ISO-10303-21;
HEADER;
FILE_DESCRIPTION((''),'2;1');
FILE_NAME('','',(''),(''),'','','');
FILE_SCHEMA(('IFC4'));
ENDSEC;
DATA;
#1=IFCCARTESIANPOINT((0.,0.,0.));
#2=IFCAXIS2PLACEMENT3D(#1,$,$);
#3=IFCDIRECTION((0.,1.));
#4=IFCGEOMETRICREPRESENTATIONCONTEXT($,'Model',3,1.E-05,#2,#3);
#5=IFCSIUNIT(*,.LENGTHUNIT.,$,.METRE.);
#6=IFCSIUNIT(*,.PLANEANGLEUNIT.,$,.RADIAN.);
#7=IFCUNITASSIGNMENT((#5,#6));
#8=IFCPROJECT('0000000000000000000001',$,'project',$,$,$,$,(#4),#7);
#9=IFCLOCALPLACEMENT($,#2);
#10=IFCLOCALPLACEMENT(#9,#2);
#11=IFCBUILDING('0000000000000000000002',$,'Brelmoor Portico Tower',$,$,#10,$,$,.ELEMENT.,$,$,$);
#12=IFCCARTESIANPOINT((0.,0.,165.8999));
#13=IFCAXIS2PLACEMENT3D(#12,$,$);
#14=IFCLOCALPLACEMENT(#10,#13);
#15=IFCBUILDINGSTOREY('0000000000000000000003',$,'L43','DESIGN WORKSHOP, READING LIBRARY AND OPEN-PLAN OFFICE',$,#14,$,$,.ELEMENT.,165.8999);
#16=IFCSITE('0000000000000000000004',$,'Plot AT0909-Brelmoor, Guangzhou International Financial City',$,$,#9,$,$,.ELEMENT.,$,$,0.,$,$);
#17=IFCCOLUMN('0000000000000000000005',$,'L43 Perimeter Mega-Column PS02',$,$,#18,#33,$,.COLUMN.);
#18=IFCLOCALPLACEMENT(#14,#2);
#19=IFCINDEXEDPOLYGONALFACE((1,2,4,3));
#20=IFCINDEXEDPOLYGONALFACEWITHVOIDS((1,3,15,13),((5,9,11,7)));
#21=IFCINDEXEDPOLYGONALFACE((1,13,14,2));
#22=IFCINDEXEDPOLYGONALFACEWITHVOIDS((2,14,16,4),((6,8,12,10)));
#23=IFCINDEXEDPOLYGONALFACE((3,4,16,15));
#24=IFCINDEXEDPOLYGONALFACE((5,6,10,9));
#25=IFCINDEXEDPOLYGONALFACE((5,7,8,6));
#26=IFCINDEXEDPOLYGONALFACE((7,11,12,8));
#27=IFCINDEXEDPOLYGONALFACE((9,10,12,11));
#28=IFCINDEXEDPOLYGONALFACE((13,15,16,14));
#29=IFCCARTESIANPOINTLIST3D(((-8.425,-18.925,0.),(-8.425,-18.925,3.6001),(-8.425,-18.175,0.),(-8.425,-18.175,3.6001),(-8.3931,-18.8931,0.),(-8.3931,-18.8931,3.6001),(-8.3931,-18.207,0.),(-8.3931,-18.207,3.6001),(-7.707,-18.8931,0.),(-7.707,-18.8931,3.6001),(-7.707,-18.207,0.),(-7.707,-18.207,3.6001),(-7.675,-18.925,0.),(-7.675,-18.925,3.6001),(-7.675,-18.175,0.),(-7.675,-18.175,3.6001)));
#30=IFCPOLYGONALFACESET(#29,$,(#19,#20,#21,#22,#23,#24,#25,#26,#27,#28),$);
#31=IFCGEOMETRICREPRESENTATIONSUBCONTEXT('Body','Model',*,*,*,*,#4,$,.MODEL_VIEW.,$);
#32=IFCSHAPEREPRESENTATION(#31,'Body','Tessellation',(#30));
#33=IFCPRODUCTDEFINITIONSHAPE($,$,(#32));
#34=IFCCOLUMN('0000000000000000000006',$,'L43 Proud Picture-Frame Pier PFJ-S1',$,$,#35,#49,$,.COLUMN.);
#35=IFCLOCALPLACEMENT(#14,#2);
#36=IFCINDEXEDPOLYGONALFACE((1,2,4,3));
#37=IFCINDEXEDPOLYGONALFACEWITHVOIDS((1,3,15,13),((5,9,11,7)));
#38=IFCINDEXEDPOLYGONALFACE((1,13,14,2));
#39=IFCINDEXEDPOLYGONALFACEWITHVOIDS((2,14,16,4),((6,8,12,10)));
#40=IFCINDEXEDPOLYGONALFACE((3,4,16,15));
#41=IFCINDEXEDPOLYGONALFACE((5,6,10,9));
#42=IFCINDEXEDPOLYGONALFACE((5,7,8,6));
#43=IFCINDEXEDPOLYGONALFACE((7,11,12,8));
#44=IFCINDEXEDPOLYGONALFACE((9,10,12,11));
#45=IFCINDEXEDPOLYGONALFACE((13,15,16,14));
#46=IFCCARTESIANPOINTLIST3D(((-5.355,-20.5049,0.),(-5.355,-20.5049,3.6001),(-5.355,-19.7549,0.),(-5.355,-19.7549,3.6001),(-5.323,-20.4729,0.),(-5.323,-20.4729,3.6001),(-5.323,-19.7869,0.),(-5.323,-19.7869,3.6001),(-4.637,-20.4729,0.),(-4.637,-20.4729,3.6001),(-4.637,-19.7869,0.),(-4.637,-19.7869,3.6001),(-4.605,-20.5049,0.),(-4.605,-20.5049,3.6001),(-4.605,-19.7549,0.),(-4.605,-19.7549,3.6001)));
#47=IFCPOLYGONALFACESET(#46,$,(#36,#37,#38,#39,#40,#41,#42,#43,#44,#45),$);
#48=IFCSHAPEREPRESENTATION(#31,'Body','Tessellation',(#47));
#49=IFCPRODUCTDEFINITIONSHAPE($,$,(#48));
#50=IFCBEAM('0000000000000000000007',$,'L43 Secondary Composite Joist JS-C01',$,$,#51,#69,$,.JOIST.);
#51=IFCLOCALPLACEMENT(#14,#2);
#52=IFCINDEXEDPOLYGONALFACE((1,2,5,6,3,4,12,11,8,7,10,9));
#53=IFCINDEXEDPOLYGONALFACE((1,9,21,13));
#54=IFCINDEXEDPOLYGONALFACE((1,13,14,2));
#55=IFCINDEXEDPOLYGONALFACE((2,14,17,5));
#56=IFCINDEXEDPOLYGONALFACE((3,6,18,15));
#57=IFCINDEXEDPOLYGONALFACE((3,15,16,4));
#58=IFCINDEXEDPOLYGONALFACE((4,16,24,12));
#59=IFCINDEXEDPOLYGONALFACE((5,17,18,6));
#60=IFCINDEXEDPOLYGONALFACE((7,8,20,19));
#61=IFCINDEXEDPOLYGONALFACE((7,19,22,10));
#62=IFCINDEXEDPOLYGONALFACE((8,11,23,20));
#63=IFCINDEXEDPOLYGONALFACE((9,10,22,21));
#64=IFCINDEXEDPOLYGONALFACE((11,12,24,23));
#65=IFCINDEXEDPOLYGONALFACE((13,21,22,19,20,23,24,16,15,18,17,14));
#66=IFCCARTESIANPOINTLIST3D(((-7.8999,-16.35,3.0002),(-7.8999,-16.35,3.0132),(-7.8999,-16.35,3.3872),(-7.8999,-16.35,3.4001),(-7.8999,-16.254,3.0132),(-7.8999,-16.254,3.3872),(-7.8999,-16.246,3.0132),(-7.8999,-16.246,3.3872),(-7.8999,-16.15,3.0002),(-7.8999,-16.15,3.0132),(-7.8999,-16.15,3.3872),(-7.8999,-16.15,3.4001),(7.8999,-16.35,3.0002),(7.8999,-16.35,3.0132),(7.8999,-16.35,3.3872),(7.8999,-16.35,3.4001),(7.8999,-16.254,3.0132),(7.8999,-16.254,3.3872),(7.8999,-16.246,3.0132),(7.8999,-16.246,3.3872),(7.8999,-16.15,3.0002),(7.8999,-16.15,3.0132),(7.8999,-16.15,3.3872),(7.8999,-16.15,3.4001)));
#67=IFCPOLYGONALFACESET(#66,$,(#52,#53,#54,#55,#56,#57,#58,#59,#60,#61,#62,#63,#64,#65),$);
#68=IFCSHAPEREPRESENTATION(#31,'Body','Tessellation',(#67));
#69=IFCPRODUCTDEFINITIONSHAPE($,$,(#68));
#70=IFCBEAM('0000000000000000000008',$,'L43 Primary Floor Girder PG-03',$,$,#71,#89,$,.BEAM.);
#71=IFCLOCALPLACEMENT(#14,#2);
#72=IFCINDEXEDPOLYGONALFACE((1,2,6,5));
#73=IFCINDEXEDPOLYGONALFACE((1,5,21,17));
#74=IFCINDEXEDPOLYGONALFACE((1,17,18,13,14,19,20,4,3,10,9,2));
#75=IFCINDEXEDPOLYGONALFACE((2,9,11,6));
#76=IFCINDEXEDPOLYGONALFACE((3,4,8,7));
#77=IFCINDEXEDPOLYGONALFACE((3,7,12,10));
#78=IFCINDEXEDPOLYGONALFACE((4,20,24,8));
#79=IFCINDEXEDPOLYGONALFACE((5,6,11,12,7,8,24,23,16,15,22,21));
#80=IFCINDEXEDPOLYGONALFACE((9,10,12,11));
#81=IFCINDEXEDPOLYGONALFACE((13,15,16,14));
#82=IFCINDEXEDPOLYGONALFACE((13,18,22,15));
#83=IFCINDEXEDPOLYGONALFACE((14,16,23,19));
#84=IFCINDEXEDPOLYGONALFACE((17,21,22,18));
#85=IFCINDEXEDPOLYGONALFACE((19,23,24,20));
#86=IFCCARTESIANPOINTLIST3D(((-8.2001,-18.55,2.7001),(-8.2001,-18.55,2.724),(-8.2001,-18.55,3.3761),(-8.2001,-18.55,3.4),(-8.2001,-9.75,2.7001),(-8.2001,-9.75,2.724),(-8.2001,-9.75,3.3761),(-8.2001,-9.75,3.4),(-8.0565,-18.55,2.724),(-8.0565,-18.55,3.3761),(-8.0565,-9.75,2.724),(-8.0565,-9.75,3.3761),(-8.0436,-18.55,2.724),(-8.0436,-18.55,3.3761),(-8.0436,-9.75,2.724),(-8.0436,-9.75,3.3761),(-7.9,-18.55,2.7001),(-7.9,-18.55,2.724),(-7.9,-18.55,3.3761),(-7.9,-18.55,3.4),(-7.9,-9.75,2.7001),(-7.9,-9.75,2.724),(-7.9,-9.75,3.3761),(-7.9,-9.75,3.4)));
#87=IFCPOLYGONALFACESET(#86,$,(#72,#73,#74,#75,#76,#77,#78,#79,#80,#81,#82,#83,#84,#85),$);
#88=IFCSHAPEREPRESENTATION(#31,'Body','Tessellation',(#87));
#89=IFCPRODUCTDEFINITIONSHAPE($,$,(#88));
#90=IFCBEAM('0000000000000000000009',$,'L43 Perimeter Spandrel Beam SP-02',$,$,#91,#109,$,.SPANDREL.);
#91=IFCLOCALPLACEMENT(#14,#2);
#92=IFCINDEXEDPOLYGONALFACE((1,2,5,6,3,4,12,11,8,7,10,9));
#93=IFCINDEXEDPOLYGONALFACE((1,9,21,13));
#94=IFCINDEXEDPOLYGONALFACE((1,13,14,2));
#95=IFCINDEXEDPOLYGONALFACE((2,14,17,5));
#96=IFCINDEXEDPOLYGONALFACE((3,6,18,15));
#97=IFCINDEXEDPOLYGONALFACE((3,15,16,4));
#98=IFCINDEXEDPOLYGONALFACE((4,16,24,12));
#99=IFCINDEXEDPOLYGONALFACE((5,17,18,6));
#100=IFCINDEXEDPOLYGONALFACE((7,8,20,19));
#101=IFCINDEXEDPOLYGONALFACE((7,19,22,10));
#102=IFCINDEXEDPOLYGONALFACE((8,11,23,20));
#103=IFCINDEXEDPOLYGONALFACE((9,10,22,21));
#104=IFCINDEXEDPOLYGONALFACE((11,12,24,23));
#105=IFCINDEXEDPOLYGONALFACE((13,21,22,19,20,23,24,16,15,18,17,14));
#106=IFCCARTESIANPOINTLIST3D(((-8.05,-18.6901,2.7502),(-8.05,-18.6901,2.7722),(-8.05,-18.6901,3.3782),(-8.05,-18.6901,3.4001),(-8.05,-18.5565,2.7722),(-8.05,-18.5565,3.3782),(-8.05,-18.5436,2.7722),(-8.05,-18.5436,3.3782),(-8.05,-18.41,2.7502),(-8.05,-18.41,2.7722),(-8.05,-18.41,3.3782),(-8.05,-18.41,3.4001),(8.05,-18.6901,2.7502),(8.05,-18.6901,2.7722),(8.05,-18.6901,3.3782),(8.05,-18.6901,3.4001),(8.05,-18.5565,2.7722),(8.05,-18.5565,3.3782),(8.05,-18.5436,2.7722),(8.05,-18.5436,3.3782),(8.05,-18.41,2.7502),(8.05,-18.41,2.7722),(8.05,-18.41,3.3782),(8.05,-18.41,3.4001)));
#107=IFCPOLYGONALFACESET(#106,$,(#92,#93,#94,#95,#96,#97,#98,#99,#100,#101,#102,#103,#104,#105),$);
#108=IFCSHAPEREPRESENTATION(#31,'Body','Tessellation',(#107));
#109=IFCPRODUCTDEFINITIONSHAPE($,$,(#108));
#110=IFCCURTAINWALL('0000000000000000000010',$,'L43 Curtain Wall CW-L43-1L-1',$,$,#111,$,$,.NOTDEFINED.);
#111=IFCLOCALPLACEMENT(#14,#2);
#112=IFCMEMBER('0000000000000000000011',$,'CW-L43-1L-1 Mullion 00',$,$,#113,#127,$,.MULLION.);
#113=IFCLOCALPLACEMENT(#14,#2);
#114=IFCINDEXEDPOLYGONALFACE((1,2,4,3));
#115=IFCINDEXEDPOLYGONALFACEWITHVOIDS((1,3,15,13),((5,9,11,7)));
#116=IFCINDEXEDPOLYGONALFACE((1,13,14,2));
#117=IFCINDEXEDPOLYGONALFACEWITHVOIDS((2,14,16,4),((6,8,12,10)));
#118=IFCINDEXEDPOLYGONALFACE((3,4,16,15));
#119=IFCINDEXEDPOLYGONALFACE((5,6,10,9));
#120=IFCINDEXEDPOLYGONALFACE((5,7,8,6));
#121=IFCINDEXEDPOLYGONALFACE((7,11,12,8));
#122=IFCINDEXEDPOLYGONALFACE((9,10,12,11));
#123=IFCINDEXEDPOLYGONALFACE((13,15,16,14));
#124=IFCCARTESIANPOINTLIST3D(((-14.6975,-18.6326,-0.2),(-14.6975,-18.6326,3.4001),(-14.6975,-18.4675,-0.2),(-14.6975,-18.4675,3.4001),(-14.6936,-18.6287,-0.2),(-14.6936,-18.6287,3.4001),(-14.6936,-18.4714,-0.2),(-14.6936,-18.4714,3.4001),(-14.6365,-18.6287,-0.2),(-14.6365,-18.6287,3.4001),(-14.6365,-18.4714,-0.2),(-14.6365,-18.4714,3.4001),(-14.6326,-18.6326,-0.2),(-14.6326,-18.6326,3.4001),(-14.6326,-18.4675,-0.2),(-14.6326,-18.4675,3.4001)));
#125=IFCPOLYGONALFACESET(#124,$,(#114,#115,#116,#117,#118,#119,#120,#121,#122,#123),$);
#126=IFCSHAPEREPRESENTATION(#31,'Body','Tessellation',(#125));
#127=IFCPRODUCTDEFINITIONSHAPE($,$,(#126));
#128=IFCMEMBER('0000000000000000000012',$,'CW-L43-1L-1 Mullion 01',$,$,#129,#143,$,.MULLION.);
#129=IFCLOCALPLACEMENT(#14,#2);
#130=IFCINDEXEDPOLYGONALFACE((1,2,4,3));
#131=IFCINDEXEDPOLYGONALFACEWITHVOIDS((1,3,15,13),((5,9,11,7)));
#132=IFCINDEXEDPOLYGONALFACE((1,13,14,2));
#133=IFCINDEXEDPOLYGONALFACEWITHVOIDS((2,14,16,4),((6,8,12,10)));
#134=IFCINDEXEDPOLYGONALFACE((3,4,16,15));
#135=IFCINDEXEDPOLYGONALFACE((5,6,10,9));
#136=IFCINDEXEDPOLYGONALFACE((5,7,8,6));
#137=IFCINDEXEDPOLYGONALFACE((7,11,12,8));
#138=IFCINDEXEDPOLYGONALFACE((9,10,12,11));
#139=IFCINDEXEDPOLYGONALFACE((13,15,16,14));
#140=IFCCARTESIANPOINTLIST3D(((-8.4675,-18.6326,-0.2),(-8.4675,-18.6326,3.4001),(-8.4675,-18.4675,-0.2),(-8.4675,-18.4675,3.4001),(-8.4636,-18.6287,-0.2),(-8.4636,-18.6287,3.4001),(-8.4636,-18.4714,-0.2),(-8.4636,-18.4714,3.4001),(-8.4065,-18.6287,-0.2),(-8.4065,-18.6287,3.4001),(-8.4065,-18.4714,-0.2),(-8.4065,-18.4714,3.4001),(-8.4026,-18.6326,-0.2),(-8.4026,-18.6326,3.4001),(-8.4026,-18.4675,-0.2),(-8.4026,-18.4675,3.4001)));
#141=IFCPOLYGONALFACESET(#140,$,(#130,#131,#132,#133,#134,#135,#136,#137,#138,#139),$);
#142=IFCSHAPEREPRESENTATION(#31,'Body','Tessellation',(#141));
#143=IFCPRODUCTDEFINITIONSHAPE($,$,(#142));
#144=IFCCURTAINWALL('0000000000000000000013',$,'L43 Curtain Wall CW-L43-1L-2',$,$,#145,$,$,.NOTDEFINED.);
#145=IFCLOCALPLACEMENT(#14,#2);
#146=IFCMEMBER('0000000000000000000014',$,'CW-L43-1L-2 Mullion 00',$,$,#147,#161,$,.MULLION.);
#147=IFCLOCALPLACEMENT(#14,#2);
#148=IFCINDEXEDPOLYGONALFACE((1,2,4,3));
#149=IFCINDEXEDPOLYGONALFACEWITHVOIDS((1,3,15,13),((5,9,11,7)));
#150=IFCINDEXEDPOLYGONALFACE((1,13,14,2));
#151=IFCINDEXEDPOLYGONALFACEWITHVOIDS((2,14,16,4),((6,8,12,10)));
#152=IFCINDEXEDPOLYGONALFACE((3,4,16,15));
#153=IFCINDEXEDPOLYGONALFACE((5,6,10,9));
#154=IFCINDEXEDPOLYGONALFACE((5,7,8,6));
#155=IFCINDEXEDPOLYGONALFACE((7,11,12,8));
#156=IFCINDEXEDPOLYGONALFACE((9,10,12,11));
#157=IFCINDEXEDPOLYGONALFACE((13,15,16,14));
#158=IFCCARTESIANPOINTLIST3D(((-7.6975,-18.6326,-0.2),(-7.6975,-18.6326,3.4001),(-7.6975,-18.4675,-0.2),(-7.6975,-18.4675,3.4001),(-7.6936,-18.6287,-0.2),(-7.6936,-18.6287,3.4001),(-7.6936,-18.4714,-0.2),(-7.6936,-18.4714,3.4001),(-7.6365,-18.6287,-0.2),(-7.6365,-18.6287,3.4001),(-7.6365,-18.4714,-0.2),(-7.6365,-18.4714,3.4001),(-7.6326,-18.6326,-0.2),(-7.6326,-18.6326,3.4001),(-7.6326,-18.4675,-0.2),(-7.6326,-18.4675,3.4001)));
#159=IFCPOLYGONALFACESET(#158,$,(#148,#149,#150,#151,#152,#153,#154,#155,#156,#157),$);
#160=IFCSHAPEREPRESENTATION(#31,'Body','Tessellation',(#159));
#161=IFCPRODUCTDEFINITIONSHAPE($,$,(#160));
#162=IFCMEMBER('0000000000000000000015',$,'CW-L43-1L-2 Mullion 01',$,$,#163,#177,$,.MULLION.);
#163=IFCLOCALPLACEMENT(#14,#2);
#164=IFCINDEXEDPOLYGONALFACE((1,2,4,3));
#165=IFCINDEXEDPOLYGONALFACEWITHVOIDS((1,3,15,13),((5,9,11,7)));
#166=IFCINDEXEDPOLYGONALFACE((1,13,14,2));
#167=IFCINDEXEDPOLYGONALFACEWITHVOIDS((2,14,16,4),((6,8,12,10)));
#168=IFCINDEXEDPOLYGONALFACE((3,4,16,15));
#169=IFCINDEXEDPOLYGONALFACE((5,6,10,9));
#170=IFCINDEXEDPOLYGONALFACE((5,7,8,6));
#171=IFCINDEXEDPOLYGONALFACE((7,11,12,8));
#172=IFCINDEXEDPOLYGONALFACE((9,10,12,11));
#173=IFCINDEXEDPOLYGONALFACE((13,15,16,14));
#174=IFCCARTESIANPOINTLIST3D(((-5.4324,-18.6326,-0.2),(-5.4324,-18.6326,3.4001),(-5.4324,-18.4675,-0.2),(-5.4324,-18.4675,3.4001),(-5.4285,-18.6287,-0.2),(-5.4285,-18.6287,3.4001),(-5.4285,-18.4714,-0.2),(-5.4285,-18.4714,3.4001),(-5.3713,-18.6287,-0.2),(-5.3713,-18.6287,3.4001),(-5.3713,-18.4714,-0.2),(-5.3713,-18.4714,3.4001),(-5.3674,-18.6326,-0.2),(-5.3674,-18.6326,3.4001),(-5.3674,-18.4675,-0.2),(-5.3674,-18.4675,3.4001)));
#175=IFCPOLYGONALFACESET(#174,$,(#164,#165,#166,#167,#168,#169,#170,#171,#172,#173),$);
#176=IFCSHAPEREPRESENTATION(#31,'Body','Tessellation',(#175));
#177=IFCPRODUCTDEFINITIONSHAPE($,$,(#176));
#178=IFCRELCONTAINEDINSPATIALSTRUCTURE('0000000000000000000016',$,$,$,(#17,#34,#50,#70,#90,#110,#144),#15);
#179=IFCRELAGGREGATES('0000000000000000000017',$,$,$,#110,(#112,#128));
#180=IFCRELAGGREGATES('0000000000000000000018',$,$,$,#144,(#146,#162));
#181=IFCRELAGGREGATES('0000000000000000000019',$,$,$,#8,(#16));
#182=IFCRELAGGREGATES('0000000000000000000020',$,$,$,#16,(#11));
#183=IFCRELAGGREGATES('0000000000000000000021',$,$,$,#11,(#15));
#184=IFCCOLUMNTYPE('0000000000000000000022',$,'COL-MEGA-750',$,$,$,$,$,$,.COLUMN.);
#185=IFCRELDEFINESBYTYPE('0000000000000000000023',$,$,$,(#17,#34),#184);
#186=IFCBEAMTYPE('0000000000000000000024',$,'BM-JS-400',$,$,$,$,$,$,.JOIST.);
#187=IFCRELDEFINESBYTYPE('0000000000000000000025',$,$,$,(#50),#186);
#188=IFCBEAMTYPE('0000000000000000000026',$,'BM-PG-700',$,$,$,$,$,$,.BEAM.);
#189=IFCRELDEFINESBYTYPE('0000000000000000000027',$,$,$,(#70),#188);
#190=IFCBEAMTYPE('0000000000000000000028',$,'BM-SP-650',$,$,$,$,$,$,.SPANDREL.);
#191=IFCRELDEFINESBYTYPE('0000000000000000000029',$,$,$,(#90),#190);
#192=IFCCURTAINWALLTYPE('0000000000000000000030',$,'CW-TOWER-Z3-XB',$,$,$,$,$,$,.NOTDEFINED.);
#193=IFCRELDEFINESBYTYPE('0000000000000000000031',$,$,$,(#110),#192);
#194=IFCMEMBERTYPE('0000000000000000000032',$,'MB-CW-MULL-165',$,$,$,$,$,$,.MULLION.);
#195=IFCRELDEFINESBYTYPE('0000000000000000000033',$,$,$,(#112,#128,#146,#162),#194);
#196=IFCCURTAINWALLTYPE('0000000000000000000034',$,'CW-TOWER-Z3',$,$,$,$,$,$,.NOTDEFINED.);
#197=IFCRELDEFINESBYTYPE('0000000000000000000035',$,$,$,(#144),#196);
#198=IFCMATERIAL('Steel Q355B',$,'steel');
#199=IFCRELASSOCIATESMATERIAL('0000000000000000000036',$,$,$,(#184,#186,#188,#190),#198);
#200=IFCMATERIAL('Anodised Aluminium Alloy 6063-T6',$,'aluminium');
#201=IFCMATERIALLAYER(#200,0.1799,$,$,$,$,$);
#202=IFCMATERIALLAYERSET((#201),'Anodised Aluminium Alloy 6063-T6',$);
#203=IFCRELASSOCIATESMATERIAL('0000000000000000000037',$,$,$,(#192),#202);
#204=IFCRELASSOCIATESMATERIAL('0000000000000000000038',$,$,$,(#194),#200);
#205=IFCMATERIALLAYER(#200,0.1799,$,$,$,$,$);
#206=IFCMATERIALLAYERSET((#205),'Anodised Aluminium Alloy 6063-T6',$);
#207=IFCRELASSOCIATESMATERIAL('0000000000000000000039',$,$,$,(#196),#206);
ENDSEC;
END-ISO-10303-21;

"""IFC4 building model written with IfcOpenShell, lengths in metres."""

from ifc_helpers import new_model, si_unit, direction, frame, origin, origin_2d, place, context, subcontext, project, spatial, hollow_rectangle, i_section, extrude, material, layer, layer_set, material_profile, profile_set, type_object, element, aggregate, save


model = new_model("IFC4")

# Units and contexts
model_context = context("Model", 3, precision=1e-05, world=origin(), true_north=direction((0.0, 1.0)))
body_context = subcontext(model_context, "Body", "Model", "MODEL_VIEW")
ifc_project = project(units=[si_unit("LENGTHUNIT", "METRE"), si_unit("PLANEANGLEUNIT", "RADIAN")], contexts=[model_context])

# Site, building, storey
site_placement = place(None, origin())
site = spatial("IfcSite", under=ifc_project, at=site_placement, Name="Plot AT0909-Brelmoor, Guangzhou International Financial City", CompositionType="ELEMENT", RefElevation=0.0)
building_placement = place(site_placement, origin())
building = spatial("IfcBuilding", under=site, at=building_placement, Name="Brelmoor Portico Tower", CompositionType="ELEMENT")
storey_placement = place(building_placement, frame((0.0, 0.0, 165.8999)))
storey = spatial("IfcBuildingStorey", under=building, at=storey_placement, Name="L43", Description="DESIGN WORKSHOP, READING LIBRARY AND OPEN-PLAN OFFICE", CompositionType="ELEMENT", Elevation=165.8999)

# Columns
ifc_material_1 = material(Name="Steel Q355B", Category="steel")
ifc_material_profile_1 = material_profile(ifc_material_1, hollow_rectangle(XDim=0.75, YDim=0.75, WallThickness=0.032, at=origin_2d()), Name="BOX 750x750x32")
ifc_profile_set_1 = profile_set([ifc_material_profile_1], Name="Steel Q355B")
column_type = type_object("IfcColumnType", Name="COL-MEGA-750", PredefinedType="COLUMN", material=ifc_profile_set_1)
for number, where, z_axis, x_axis, name in (
    (1, (-8.05, -18.55, 0.0), (0.0, 0.0, 1.0), (1.0, 0.0, 0.0), "L43 Perimeter Mega-Column PS02"),
    (2, (-4.98, -20.1299, 0.0), (0.0, 0.0, 1.0), (1.0, 0.0, 0.0), "L43 Proud Picture-Frame Pier PFJ-S1"),
):
    element("IfcColumn", number, at=place(storey_placement, frame(where, z_axis=z_axis, x_axis=x_axis)), inside=storey, type_object=column_type, Name=name, PredefinedType="COLUMN", context=body_context, shape_type="SweptSolid", body=[
        extrude(hollow_rectangle(XDim=0.75, YDim=0.75, WallThickness=0.032, at=origin_2d()), origin(), (0.0, 0.0, 1.0), 3.6001),
    ])

# Beams
ifc_material_profile_2 = material_profile(ifc_material_1, i_section(OverallWidth=0.2, OverallDepth=0.3999, WebThickness=0.0081, FlangeThickness=0.0129, at=origin_2d()), Name="HN 400x200x8x13")
ifc_profile_set_2 = profile_set([ifc_material_profile_2], Name="Steel Q355B")
beam_type_1 = type_object("IfcBeamType", Name="BM-JS-400", PredefinedType="JOIST", material=ifc_profile_set_2)
beam_1_placement = place(storey_placement, frame((-7.8999, -16.25, 3.2002), z_axis=(1.0, 0.0, 0.0), x_axis=(0.0, 1.0, 0.0)))
element("IfcBeam", 3, at=beam_1_placement, inside=storey, type_object=beam_type_1, Name="L43 Secondary Composite Joist JS-C01", PredefinedType="JOIST", context=body_context, shape_type="SweptSolid", body=[
    extrude(i_section(OverallWidth=0.2, OverallDepth=0.3999, WebThickness=0.0081, FlangeThickness=0.0129, at=origin_2d()), origin(), (0.0, 0.0, 1.0), 15.7998),
])
ifc_material_profile_3 = material_profile(ifc_material_1, i_section(OverallWidth=0.3, OverallDepth=0.7, WebThickness=0.0129, FlangeThickness=0.0239, at=origin_2d()), Name="HN 700x300x13x24")
ifc_profile_set_3 = profile_set([ifc_material_profile_3], Name="Steel Q355B")
beam_type_2 = type_object("IfcBeamType", Name="BM-PG-700", PredefinedType="BEAM", material=ifc_profile_set_3)
beam_2_placement = place(storey_placement, frame((-8.05, -18.55, 3.05), z_axis=(0.0, 1.0, 0.0), x_axis=(-1.0, 0.0, 0.0)))
element("IfcBeam", 4, at=beam_2_placement, inside=storey, type_object=beam_type_2, Name="L43 Primary Floor Girder PG-03", PredefinedType="BEAM", context=body_context, shape_type="SweptSolid", body=[
    extrude(i_section(OverallWidth=0.3, OverallDepth=0.7, WebThickness=0.0129, FlangeThickness=0.0239, at=origin_2d()), origin(), (0.0, 0.0, 1.0), 8.8),
])
ifc_material_profile_4 = material_profile(ifc_material_1, i_section(OverallWidth=0.28, OverallDepth=0.6499, WebThickness=0.0129, FlangeThickness=0.022, at=origin_2d()), Name="HN 650x280x13x22")
ifc_profile_set_4 = profile_set([ifc_material_profile_4], Name="Steel Q355B")
beam_type_3 = type_object("IfcBeamType", Name="BM-SP-650", PredefinedType="SPANDREL", material=ifc_profile_set_4)
beam_3_placement = place(storey_placement, frame((-8.05, -18.55, 3.0752), z_axis=(1.0, 0.0, 0.0), x_axis=(0.0, 1.0, 0.0)))
element("IfcBeam", 5, at=beam_3_placement, inside=storey, type_object=beam_type_3, Name="L43 Perimeter Spandrel Beam SP-02", PredefinedType="SPANDREL", context=body_context, shape_type="SweptSolid", body=[
    extrude(i_section(OverallWidth=0.28, OverallDepth=0.6499, WebThickness=0.0129, FlangeThickness=0.022, at=origin_2d()), origin(), (0.0, 0.0, 1.0), 16.1001),
])

# Curtain walls, members
ifc_material_2 = material(Name="Anodised Aluminium Alloy 6063-T6", Category="aluminium")
ifc_layer_1 = layer(ifc_material_2, 0.1799)
ifc_layer_set_1 = layer_set([ifc_layer_1], Name="Anodised Aluminium Alloy 6063-T6")
curtain_wall_type_1 = type_object("IfcCurtainWallType", Name="CW-TOWER-Z3-XB", PredefinedType="NOTDEFINED", material=ifc_layer_set_1)
curtain_wall_1_placement = place(storey_placement, origin())
curtain_wall_1 = element("IfcCurtainWall", 6, at=curtain_wall_1_placement, inside=storey, type_object=curtain_wall_type_1, Name="L43 Curtain Wall CW-L43-1L-1", PredefinedType="NOTDEFINED")
ifc_material_profile_5 = material_profile(ifc_material_2, hollow_rectangle(XDim=0.0649, YDim=0.165, WallThickness=0.0039, at=origin_2d()), Name="ALU MULLION 65x165")
ifc_profile_set_5 = profile_set([ifc_material_profile_5], Name="Anodised Aluminium Alloy 6063-T6")
member_type_1 = type_object("IfcMemberType", Name="MB-CW-MULL-165", PredefinedType="MULLION", material=ifc_profile_set_5)
member_1_placement = place(storey_placement, frame((-14.665, -18.55, -0.2), z_axis=(0.0, 0.0, 1.0), x_axis=(1.0, 0.0, 0.0)))
member_1 = element("IfcMember", 7, at=member_1_placement, type_object=member_type_1, Name="CW-L43-1L-1 Mullion 00", PredefinedType="MULLION", context=body_context, shape_type="SweptSolid", body=[
    extrude(hollow_rectangle(XDim=0.0649, YDim=0.165, WallThickness=0.0039, at=origin_2d()), origin(), (0.0, 0.0, 1.0), 3.6001),
])
member_2_placement = place(storey_placement, frame((-8.4351, -18.55, -0.2), z_axis=(0.0, 0.0, 1.0), x_axis=(1.0, 0.0, 0.0)))
member_2 = element("IfcMember", 8, at=member_2_placement, type_object=member_type_1, Name="CW-L43-1L-1 Mullion 01", PredefinedType="MULLION", context=body_context, shape_type="SweptSolid", body=[
    extrude(hollow_rectangle(XDim=0.0649, YDim=0.165, WallThickness=0.0039, at=origin_2d()), origin(), (0.0, 0.0, 1.0), 3.6001),
])
ifc_layer_2 = layer(ifc_material_2, 0.1799)
ifc_layer_set_2 = layer_set([ifc_layer_2], Name="Anodised Aluminium Alloy 6063-T6")
curtain_wall_type_2 = type_object("IfcCurtainWallType", Name="CW-TOWER-Z3", PredefinedType="NOTDEFINED", material=ifc_layer_set_2)
curtain_wall_2_placement = place(storey_placement, origin())
curtain_wall_2 = element("IfcCurtainWall", 9, at=curtain_wall_2_placement, inside=storey, type_object=curtain_wall_type_2, Name="L43 Curtain Wall CW-L43-1L-2", PredefinedType="NOTDEFINED")
member_3_placement = place(storey_placement, frame((-7.665, -18.55, -0.2), z_axis=(0.0, 0.0, 1.0), x_axis=(1.0, 0.0, 0.0)))
member_3 = element("IfcMember", 10, at=member_3_placement, type_object=member_type_1, Name="CW-L43-1L-2 Mullion 00", PredefinedType="MULLION", context=body_context, shape_type="SweptSolid", body=[
    extrude(hollow_rectangle(XDim=0.0649, YDim=0.165, WallThickness=0.0039, at=origin_2d()), origin(), (0.0, 0.0, 1.0), 3.6001),
])
member_4_placement = place(storey_placement, frame((-5.3999, -18.55, -0.2), z_axis=(0.0, 0.0, 1.0), x_axis=(1.0, 0.0, 0.0)))
member_4 = element("IfcMember", 11, at=member_4_placement, type_object=member_type_1, Name="CW-L43-1L-2 Mullion 01", PredefinedType="MULLION", context=body_context, shape_type="SweptSolid", body=[
    extrude(hollow_rectangle(XDim=0.0649, YDim=0.165, WallThickness=0.0039, at=origin_2d()), origin(), (0.0, 0.0, 1.0), 3.6001),
])

aggregate(curtain_wall_1, [member_1, member_2])
aggregate(curtain_wall_2, [member_3, member_4])

save(model, "model.ifc")
